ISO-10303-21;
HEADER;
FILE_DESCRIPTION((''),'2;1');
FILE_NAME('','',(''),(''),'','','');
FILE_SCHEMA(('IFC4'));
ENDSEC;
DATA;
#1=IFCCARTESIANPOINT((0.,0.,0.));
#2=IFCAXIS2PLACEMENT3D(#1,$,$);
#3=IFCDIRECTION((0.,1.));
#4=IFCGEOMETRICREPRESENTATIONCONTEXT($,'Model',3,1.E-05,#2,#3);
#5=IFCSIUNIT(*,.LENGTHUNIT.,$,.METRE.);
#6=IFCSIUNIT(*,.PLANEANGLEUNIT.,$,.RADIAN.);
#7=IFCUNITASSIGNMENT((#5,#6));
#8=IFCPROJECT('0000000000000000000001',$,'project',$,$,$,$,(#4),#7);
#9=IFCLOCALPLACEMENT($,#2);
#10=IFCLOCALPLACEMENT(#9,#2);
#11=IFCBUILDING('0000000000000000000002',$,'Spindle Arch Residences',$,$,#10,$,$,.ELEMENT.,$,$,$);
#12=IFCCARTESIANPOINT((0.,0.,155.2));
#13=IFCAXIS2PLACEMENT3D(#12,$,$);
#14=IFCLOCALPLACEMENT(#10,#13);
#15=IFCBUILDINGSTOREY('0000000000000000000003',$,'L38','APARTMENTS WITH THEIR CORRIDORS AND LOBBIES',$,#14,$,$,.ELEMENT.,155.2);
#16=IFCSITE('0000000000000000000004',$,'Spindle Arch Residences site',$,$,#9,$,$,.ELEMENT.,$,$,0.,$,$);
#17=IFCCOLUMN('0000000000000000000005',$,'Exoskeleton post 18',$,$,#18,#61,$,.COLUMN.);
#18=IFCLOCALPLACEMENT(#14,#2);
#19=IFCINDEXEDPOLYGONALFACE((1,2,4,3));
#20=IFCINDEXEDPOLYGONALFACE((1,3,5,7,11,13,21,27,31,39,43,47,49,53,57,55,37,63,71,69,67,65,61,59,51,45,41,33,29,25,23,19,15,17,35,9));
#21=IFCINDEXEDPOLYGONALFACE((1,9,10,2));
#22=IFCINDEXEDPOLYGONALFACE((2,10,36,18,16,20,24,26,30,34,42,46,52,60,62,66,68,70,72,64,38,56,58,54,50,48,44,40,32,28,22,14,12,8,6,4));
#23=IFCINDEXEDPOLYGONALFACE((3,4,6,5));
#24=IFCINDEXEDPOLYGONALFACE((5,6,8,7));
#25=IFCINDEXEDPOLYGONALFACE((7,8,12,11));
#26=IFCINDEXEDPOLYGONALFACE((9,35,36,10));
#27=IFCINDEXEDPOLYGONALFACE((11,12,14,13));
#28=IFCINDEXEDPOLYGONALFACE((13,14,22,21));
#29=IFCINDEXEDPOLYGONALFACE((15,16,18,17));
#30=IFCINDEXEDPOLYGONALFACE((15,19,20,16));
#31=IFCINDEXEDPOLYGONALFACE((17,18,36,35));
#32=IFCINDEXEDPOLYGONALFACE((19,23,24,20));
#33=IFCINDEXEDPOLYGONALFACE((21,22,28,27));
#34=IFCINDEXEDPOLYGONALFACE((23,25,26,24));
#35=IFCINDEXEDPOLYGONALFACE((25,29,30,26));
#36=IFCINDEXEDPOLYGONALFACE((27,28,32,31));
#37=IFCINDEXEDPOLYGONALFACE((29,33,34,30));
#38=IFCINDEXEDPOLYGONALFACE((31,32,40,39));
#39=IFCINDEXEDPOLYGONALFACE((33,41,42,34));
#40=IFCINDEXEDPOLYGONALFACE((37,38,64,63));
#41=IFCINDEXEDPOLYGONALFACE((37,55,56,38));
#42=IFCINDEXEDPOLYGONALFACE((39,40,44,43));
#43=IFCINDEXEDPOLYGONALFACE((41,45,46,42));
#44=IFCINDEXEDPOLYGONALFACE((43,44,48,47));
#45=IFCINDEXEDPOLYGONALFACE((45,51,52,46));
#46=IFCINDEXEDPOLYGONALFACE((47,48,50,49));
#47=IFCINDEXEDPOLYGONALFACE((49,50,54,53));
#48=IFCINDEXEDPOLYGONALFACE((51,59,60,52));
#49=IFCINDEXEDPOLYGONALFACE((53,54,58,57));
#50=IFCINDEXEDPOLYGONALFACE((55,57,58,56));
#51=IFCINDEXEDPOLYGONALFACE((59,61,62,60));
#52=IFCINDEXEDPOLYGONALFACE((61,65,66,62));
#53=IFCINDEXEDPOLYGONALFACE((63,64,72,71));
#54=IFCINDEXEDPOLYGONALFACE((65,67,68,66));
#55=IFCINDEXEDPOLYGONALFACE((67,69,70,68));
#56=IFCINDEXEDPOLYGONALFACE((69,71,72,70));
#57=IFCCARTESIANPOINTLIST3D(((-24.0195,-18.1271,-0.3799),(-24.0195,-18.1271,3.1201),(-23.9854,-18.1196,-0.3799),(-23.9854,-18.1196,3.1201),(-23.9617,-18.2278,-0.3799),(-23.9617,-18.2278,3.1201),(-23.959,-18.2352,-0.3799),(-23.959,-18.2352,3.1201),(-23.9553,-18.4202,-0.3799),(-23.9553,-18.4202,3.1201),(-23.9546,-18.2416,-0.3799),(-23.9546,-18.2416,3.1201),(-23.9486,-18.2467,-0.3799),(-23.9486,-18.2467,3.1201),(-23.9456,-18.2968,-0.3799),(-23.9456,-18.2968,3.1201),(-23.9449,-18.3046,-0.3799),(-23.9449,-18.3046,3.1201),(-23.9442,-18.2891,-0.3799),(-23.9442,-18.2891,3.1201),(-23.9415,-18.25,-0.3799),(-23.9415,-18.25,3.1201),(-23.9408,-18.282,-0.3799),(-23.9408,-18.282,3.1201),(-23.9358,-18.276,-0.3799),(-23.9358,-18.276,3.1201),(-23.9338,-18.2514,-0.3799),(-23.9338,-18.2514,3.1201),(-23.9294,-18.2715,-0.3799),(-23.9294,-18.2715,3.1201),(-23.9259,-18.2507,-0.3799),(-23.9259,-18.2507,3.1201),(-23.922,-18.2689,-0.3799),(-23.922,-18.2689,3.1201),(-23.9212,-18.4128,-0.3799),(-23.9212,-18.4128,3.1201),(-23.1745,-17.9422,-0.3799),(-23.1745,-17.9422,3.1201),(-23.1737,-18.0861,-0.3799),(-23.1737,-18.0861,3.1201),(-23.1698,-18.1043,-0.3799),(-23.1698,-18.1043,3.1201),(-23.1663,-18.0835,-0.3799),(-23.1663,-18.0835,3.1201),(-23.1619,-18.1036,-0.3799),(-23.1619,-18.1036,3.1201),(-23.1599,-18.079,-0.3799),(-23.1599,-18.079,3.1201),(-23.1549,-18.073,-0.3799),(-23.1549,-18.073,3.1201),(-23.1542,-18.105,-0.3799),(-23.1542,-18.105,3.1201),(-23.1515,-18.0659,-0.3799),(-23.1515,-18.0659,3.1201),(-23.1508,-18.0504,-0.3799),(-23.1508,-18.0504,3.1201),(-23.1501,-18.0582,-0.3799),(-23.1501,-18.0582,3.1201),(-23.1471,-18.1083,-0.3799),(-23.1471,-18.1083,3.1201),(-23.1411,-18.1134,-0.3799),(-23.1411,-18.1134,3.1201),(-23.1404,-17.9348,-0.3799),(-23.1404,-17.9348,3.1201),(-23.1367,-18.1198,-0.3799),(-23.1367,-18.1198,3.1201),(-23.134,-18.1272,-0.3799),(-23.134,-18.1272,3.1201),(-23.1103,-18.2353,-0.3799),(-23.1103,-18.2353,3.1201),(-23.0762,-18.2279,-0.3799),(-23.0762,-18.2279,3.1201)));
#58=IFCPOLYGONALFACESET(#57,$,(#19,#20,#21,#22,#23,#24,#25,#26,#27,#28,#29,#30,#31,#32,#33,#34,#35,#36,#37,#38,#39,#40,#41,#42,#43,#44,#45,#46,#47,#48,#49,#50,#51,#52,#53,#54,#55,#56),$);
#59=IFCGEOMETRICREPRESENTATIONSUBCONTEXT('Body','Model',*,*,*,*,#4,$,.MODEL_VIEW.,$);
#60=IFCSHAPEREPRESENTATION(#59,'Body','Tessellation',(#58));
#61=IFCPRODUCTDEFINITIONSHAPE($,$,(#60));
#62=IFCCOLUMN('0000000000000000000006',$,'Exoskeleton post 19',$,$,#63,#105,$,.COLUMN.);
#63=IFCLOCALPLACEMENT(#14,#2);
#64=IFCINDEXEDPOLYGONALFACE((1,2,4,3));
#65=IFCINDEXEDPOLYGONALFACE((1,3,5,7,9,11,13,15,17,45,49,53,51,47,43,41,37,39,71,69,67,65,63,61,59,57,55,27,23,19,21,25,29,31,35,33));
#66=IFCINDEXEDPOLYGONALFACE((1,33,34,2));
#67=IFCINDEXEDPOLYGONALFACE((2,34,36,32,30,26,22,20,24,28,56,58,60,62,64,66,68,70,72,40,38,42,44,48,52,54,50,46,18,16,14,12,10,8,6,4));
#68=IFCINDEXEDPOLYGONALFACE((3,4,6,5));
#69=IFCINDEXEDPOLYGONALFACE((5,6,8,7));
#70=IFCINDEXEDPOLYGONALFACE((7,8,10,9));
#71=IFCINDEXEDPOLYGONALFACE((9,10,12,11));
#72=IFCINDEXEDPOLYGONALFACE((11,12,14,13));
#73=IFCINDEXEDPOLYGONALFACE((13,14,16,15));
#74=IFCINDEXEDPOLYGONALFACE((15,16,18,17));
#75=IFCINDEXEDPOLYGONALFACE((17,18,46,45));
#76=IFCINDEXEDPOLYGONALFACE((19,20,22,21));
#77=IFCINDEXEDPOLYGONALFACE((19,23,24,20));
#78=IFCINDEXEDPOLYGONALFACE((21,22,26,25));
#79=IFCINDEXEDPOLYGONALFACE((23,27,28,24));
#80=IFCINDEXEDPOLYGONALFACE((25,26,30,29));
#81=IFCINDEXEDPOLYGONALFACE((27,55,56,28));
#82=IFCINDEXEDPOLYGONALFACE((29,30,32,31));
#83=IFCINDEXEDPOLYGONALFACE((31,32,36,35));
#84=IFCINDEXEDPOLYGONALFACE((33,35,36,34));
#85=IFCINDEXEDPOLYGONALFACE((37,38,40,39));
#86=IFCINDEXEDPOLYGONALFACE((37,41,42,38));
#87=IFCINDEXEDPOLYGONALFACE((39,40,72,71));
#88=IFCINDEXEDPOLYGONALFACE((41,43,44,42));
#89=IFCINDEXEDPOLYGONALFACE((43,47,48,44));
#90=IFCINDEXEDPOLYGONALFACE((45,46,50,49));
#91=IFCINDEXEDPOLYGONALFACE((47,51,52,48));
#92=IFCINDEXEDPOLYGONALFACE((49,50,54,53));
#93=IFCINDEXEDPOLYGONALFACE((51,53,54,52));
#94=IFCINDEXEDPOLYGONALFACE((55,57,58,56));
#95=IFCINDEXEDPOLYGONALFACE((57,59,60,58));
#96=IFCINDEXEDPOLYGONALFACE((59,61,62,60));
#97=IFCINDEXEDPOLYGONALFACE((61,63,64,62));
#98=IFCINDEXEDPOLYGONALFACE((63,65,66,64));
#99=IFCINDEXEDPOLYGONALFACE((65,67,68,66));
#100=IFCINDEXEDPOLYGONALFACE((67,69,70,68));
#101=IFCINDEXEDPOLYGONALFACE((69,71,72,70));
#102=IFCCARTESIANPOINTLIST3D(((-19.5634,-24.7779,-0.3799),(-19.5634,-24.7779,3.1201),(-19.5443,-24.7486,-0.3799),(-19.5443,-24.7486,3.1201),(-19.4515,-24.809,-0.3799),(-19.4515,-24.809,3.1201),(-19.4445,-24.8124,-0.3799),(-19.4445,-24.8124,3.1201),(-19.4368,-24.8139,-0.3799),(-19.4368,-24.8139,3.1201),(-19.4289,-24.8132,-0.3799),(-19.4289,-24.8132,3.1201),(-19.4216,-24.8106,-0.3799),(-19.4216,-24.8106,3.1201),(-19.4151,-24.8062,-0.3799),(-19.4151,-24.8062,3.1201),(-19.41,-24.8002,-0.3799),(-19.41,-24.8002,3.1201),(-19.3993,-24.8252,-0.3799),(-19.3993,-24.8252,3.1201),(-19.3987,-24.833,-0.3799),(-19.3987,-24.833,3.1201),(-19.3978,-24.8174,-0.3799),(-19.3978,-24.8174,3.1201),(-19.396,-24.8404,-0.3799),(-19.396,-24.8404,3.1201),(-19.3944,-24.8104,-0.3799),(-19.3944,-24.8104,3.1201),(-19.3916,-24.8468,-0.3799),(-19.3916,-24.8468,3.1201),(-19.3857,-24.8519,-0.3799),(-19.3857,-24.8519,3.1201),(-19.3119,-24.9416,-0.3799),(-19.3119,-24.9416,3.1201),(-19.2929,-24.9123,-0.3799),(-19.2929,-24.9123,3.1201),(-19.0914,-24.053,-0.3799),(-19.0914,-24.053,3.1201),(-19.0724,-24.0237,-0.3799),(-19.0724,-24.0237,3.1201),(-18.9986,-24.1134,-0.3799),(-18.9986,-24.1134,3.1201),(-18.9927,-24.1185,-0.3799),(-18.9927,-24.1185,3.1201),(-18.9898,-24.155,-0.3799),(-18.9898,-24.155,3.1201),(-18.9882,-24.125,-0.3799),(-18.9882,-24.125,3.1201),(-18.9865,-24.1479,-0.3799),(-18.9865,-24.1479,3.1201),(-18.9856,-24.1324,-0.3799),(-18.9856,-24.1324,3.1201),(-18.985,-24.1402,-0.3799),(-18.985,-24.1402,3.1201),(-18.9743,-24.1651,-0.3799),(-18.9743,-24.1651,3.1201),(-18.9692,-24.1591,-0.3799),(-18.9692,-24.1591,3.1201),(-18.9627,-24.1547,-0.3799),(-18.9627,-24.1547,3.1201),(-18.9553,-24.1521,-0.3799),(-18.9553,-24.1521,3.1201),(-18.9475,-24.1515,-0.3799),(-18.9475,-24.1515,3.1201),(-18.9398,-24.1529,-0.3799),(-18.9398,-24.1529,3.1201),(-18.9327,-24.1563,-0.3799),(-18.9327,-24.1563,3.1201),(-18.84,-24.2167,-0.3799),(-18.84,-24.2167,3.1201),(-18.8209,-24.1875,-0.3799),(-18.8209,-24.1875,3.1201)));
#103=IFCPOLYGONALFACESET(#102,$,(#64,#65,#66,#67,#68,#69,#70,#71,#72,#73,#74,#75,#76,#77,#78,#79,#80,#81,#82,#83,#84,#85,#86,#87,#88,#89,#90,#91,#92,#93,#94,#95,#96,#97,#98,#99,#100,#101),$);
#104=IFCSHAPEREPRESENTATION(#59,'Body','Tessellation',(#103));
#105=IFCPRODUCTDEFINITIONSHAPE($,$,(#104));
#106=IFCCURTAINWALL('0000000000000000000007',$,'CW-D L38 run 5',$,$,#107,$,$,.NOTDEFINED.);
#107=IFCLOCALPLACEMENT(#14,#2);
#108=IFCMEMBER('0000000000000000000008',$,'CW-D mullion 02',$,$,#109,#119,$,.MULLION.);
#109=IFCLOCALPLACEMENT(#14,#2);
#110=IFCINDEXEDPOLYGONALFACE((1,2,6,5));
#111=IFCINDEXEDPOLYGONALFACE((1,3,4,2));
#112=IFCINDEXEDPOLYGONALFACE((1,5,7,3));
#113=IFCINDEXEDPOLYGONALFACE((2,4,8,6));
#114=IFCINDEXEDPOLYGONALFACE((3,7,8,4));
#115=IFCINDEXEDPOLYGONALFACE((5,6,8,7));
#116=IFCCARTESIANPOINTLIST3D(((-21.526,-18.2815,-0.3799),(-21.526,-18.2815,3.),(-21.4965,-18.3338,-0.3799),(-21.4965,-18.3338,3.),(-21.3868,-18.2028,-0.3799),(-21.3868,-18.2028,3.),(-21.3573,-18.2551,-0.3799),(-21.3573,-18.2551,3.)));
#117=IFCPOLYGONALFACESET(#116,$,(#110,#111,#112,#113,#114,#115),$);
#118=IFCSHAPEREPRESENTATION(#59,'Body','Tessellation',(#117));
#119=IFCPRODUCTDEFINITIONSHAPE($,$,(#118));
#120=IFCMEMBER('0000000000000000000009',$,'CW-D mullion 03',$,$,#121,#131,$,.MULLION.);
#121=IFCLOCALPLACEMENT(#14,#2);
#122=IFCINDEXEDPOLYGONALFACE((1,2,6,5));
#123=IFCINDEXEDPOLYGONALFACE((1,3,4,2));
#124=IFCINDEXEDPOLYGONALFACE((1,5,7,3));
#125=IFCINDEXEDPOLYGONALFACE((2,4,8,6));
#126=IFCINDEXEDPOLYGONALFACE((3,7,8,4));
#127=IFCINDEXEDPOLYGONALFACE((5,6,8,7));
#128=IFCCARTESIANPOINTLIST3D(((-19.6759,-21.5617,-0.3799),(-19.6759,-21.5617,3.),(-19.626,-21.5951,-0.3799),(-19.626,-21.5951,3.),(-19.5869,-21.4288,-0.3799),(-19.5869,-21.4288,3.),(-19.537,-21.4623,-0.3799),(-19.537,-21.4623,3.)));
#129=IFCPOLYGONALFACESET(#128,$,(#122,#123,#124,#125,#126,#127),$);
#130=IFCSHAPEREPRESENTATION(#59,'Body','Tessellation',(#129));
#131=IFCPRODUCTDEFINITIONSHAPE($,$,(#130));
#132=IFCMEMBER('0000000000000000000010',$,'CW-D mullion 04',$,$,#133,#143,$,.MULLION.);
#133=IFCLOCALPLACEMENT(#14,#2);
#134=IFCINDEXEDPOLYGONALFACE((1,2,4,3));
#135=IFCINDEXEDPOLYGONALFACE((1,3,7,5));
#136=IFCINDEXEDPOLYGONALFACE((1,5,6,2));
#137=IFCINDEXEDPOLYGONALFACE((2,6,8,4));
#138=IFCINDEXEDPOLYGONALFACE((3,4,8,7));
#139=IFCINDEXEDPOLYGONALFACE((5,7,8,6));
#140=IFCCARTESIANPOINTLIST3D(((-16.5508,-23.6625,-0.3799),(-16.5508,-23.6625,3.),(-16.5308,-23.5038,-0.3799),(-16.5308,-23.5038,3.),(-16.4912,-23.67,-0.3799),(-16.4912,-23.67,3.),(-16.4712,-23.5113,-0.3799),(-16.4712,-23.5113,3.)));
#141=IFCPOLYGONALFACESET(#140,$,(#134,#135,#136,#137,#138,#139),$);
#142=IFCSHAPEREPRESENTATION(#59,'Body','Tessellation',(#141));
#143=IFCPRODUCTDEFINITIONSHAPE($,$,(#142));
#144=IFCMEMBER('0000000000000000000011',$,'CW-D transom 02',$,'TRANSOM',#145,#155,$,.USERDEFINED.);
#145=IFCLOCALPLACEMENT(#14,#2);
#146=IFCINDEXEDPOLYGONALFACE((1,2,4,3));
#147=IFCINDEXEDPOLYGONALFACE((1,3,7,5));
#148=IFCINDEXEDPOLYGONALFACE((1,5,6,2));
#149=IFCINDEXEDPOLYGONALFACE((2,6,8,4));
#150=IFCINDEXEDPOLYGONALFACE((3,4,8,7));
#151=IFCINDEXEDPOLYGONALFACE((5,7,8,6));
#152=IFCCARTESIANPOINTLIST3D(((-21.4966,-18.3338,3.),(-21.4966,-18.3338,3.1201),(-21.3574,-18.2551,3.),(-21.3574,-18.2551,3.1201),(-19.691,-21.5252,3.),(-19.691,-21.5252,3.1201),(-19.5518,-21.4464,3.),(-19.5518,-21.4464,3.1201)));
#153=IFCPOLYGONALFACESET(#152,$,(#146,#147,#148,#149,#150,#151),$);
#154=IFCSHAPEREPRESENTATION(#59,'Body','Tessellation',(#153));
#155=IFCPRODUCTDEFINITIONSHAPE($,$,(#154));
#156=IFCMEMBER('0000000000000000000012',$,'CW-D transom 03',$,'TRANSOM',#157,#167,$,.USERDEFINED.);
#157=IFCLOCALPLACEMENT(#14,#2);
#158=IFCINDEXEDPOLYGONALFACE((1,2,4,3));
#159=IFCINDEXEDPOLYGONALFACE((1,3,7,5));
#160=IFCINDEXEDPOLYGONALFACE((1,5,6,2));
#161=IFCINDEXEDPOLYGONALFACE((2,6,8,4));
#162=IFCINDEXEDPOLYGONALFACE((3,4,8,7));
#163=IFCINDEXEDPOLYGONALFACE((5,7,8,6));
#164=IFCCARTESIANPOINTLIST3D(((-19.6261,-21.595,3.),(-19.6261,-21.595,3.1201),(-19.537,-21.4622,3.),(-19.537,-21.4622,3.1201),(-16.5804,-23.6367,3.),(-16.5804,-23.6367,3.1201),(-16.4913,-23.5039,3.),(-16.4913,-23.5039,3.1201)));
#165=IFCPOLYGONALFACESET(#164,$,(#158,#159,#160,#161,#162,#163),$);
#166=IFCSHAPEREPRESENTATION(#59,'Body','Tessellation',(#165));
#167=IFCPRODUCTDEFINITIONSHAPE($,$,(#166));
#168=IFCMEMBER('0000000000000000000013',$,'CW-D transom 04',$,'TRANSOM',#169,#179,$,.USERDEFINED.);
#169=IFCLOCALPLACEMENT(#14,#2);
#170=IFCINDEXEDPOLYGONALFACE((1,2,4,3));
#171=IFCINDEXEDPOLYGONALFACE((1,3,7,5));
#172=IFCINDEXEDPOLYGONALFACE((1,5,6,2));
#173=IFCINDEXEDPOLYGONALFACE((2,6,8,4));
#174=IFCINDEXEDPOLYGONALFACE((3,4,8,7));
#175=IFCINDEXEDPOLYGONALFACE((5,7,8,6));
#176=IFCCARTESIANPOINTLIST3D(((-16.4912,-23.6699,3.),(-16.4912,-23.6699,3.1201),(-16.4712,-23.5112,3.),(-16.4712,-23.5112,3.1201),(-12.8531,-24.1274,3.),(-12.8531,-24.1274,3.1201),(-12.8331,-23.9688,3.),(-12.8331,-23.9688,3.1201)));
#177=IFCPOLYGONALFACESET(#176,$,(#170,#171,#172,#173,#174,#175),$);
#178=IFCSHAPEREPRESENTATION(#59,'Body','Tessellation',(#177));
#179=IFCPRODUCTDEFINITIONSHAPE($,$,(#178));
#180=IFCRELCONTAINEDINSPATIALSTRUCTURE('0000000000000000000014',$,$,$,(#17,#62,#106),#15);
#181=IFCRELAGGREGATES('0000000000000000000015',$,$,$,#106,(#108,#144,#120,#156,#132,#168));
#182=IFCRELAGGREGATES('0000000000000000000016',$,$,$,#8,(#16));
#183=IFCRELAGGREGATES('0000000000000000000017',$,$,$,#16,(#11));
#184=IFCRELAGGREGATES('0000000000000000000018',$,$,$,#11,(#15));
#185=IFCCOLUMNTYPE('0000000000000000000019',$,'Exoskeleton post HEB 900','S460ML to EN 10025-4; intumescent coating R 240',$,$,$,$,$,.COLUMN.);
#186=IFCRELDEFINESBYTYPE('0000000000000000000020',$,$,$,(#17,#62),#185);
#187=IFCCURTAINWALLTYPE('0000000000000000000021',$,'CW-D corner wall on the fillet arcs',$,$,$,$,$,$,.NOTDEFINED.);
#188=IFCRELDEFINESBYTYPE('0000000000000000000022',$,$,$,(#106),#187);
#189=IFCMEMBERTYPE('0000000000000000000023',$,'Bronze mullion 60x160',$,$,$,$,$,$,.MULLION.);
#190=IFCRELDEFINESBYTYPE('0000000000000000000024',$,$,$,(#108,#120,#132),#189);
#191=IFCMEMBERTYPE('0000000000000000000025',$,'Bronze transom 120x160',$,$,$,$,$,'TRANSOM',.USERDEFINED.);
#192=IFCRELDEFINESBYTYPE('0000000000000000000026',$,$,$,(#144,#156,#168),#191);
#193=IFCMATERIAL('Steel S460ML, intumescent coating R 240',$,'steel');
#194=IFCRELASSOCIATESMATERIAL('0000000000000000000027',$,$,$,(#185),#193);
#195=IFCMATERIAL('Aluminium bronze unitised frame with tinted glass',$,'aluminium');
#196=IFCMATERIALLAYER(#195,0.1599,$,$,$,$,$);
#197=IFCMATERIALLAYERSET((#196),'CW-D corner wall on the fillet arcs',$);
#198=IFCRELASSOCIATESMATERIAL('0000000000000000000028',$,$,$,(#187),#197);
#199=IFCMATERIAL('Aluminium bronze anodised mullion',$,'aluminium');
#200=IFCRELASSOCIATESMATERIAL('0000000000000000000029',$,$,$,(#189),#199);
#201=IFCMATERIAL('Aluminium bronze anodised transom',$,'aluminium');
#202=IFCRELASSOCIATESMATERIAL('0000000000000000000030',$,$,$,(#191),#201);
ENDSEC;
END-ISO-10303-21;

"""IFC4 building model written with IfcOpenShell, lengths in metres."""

from ifc_helpers import new_model, si_unit, direction, frame, origin, origin_2d, place, context, subcontext, project, spatial, rectangle, i_section, extrude, material, layer, layer_set, material_profile, profile_set, type_object, element, aggregate, save


model = new_model("IFC4")

# Units and contexts
model_context = context("Model", 3, precision=1e-05, world=origin(), true_north=direction((0.0, 1.0)))
body_context = subcontext(model_context, "Body", "Model", "MODEL_VIEW")
ifc_project = project(units=[si_unit("LENGTHUNIT", "METRE"), si_unit("PLANEANGLEUNIT", "RADIAN")], contexts=[model_context])

# Site, building, storey
site_placement = place(None, origin())
site = spatial("IfcSite", under=ifc_project, at=site_placement, Name="Spindle Arch Residences site", CompositionType="ELEMENT", RefElevation=0.0)
building_placement = place(site_placement, origin())
building = spatial("IfcBuilding", under=site, at=building_placement, Name="Spindle Arch Residences", CompositionType="ELEMENT")
storey_placement = place(building_placement, frame((0.0, 0.0, 155.2)))
storey = spatial("IfcBuildingStorey", under=building, at=storey_placement, Name="L38", Description="APARTMENTS WITH THEIR CORRIDORS AND LOBBIES", CompositionType="ELEMENT", Elevation=155.2)

# Columns
ifc_material_1 = material(Name="Steel S460ML, intumescent coating R 240", Category="steel")
ifc_material_profile_1 = material_profile(ifc_material_1, i_section(OverallWidth=0.3, OverallDepth=0.8999, WebThickness=0.0186, FlangeThickness=0.0349, FilletRadius=0.03, at=origin_2d()), Name="HEB 900")
ifc_profile_set_1 = profile_set([ifc_material_profile_1], Name="Steel S460ML, intumescent coating R 240")
column_type = type_object("IfcColumnType", Name="Exoskeleton post HEB 900", Description="S460ML to EN 10025-4; intumescent coating R 240", PredefinedType="COLUMN", material=ifc_profile_set_1)
for number, where, z_axis, x_axis, name in (
    (1, (-23.5479, -18.1775, -0.3799), (0.0, 0.0, 1.0), (-0.213754, 0.976887, 0.0), "Exoskeleton post 18"),
    (2, (-19.1921, -24.4827, -0.3799), (0.0, 0.0, 1.0), (-0.838019, 0.545641, 0.0), "Exoskeleton post 19"),
):
    element("IfcColumn", number, at=place(storey_placement, frame(where, z_axis=z_axis, x_axis=x_axis)), inside=storey, type_object=column_type, Name=name, PredefinedType="COLUMN", context=body_context, shape_type="SweptSolid", body=[
        extrude(i_section(OverallWidth=0.3, OverallDepth=0.8999, WebThickness=0.0186, FlangeThickness=0.0349, FilletRadius=0.03, at=origin_2d()), origin(), (0.0, 0.0, 1.0), 3.5),
    ])

# Curtain wall, members
ifc_material_2 = material(Name="Aluminium bronze unitised frame with tinted glass", Category="aluminium")
ifc_layer_1 = layer(ifc_material_2, 0.1599)
ifc_layer_set_1 = layer_set([ifc_layer_1], Name="CW-D corner wall on the fillet arcs")
curtain_wall_type = type_object("IfcCurtainWallType", Name="CW-D corner wall on the fillet arcs", PredefinedType="NOTDEFINED", material=ifc_layer_set_1)
curtain_wall_placement = place(storey_placement, origin())
curtain_wall = element("IfcCurtainWall", 3, at=curtain_wall_placement, inside=storey, type_object=curtain_wall_type, Name="CW-D L38 run 5", PredefinedType="NOTDEFINED")
ifc_material_3 = material(Name="Aluminium bronze anodised mullion", Category="aluminium")
ifc_material_profile_2 = material_profile(ifc_material_3, rectangle(XDim=0.1599, YDim=0.0601, at=origin_2d()), Name="MU 60x160")
ifc_profile_set_2 = profile_set([ifc_material_profile_2], Name="Aluminium bronze anodised mullion")
member_type_1 = type_object("IfcMemberType", Name="Bronze mullion 60x160", PredefinedType="MULLION", material=ifc_profile_set_2)
member_1_placement = place(storey_placement, frame((-21.4417, -18.2683, -0.3799), z_axis=(0.0, 0.0, 1.0), x_axis=(0.870356, 0.492424, 0.0)))
member_1 = element("IfcMember", 4, at=member_1_placement, type_object=member_type_1, Name="CW-D mullion 02", PredefinedType="MULLION", context=body_context, shape_type="SweptSolid", body=[
    extrude(rectangle(XDim=0.1599, YDim=0.0601, at=origin_2d()), origin(), (0.0, 0.0, 1.0), 3.3799),
])
member_2_placement = place(storey_placement, frame((-19.6064, -21.512, -0.3799), z_axis=(0.0, 0.0, 1.0), x_axis=(0.556779, 0.830661, 0.0)))
member_2 = element("IfcMember", 5, at=member_2_placement, type_object=member_type_1, Name="CW-D mullion 03", PredefinedType="MULLION", context=body_context, shape_type="SweptSolid", body=[
    extrude(rectangle(XDim=0.1599, YDim=0.0601, at=origin_2d()), origin(), (0.0, 0.0, 1.0), 3.3799),
])
member_3_placement = place(storey_placement, frame((-16.511, -23.5869, -0.3799), z_axis=(0.0, 0.0, 1.0), x_axis=(0.124756, 0.992187, 0.0)))
member_3 = element("IfcMember", 6, at=member_3_placement, type_object=member_type_1, Name="CW-D mullion 04", PredefinedType="MULLION", context=body_context, shape_type="SweptSolid", body=[
    extrude(rectangle(XDim=0.1599, YDim=0.0601, at=origin_2d()), origin(), (0.0, 0.0, 1.0), 3.3799),
])
ifc_material_4 = material(Name="Aluminium bronze anodised transom", Category="aluminium")
ifc_material_profile_3 = material_profile(ifc_material_4, rectangle(XDim=0.1599, YDim=0.1201, at=origin_2d()), Name="TR 120x160")
ifc_profile_set_3 = profile_set([ifc_material_profile_3], Name="Aluminium bronze anodised transom")
member_type_2 = type_object("IfcMemberType", Name="Bronze transom 120x160", ElementType="TRANSOM", PredefinedType="USERDEFINED", material=ifc_profile_set_3)
member_4_placement = place(storey_placement, frame((-21.427, -18.2944, 3.0601), z_axis=(0.492435, -0.870349, 0.0), x_axis=(0.870349, 0.492435, 0.0)))
member_4 = element("IfcMember", 7, at=member_4_placement, type_object=member_type_2, Name="CW-D transom 02", ObjectType="TRANSOM", PredefinedType="USERDEFINED", context=body_context, shape_type="SweptSolid", body=[
    extrude(rectangle(XDim=0.1599, YDim=0.1201, at=origin_2d()), origin(), (0.0, 0.0, 1.0), 3.6667),
])
member_5_placement = place(storey_placement, frame((-19.5815, -21.5286, 3.0601), z_axis=(0.830624, -0.556834, 0.0), x_axis=(0.556834, 0.830624, 0.0)))
member_5 = element("IfcMember", 8, at=member_5_placement, type_object=member_type_2, Name="CW-D transom 03", ObjectType="TRANSOM", PredefinedType="USERDEFINED", context=body_context, shape_type="SweptSolid", body=[
    extrude(rectangle(XDim=0.1599, YDim=0.1201, at=origin_2d()), origin(), (0.0, 0.0, 1.0), 3.6667),
])
member_6_placement = place(storey_placement, frame((-16.4812, -23.5906, 3.0601), z_axis=(0.992185, -0.124772, 0.0), x_axis=(0.124772, 0.992185, 0.0)))
member_6 = element("IfcMember", 9, at=member_6_placement, type_object=member_type_2, Name="CW-D transom 04", ObjectType="TRANSOM", PredefinedType="USERDEFINED", context=body_context, shape_type="SweptSolid", body=[
    extrude(rectangle(XDim=0.1599, YDim=0.1201, at=origin_2d()), origin(), (0.0, 0.0, 1.0), 3.6667),
])

aggregate(curtain_wall, [member_1, member_4, member_2, member_5, member_3, member_6])

save(model, "model.ifc")
